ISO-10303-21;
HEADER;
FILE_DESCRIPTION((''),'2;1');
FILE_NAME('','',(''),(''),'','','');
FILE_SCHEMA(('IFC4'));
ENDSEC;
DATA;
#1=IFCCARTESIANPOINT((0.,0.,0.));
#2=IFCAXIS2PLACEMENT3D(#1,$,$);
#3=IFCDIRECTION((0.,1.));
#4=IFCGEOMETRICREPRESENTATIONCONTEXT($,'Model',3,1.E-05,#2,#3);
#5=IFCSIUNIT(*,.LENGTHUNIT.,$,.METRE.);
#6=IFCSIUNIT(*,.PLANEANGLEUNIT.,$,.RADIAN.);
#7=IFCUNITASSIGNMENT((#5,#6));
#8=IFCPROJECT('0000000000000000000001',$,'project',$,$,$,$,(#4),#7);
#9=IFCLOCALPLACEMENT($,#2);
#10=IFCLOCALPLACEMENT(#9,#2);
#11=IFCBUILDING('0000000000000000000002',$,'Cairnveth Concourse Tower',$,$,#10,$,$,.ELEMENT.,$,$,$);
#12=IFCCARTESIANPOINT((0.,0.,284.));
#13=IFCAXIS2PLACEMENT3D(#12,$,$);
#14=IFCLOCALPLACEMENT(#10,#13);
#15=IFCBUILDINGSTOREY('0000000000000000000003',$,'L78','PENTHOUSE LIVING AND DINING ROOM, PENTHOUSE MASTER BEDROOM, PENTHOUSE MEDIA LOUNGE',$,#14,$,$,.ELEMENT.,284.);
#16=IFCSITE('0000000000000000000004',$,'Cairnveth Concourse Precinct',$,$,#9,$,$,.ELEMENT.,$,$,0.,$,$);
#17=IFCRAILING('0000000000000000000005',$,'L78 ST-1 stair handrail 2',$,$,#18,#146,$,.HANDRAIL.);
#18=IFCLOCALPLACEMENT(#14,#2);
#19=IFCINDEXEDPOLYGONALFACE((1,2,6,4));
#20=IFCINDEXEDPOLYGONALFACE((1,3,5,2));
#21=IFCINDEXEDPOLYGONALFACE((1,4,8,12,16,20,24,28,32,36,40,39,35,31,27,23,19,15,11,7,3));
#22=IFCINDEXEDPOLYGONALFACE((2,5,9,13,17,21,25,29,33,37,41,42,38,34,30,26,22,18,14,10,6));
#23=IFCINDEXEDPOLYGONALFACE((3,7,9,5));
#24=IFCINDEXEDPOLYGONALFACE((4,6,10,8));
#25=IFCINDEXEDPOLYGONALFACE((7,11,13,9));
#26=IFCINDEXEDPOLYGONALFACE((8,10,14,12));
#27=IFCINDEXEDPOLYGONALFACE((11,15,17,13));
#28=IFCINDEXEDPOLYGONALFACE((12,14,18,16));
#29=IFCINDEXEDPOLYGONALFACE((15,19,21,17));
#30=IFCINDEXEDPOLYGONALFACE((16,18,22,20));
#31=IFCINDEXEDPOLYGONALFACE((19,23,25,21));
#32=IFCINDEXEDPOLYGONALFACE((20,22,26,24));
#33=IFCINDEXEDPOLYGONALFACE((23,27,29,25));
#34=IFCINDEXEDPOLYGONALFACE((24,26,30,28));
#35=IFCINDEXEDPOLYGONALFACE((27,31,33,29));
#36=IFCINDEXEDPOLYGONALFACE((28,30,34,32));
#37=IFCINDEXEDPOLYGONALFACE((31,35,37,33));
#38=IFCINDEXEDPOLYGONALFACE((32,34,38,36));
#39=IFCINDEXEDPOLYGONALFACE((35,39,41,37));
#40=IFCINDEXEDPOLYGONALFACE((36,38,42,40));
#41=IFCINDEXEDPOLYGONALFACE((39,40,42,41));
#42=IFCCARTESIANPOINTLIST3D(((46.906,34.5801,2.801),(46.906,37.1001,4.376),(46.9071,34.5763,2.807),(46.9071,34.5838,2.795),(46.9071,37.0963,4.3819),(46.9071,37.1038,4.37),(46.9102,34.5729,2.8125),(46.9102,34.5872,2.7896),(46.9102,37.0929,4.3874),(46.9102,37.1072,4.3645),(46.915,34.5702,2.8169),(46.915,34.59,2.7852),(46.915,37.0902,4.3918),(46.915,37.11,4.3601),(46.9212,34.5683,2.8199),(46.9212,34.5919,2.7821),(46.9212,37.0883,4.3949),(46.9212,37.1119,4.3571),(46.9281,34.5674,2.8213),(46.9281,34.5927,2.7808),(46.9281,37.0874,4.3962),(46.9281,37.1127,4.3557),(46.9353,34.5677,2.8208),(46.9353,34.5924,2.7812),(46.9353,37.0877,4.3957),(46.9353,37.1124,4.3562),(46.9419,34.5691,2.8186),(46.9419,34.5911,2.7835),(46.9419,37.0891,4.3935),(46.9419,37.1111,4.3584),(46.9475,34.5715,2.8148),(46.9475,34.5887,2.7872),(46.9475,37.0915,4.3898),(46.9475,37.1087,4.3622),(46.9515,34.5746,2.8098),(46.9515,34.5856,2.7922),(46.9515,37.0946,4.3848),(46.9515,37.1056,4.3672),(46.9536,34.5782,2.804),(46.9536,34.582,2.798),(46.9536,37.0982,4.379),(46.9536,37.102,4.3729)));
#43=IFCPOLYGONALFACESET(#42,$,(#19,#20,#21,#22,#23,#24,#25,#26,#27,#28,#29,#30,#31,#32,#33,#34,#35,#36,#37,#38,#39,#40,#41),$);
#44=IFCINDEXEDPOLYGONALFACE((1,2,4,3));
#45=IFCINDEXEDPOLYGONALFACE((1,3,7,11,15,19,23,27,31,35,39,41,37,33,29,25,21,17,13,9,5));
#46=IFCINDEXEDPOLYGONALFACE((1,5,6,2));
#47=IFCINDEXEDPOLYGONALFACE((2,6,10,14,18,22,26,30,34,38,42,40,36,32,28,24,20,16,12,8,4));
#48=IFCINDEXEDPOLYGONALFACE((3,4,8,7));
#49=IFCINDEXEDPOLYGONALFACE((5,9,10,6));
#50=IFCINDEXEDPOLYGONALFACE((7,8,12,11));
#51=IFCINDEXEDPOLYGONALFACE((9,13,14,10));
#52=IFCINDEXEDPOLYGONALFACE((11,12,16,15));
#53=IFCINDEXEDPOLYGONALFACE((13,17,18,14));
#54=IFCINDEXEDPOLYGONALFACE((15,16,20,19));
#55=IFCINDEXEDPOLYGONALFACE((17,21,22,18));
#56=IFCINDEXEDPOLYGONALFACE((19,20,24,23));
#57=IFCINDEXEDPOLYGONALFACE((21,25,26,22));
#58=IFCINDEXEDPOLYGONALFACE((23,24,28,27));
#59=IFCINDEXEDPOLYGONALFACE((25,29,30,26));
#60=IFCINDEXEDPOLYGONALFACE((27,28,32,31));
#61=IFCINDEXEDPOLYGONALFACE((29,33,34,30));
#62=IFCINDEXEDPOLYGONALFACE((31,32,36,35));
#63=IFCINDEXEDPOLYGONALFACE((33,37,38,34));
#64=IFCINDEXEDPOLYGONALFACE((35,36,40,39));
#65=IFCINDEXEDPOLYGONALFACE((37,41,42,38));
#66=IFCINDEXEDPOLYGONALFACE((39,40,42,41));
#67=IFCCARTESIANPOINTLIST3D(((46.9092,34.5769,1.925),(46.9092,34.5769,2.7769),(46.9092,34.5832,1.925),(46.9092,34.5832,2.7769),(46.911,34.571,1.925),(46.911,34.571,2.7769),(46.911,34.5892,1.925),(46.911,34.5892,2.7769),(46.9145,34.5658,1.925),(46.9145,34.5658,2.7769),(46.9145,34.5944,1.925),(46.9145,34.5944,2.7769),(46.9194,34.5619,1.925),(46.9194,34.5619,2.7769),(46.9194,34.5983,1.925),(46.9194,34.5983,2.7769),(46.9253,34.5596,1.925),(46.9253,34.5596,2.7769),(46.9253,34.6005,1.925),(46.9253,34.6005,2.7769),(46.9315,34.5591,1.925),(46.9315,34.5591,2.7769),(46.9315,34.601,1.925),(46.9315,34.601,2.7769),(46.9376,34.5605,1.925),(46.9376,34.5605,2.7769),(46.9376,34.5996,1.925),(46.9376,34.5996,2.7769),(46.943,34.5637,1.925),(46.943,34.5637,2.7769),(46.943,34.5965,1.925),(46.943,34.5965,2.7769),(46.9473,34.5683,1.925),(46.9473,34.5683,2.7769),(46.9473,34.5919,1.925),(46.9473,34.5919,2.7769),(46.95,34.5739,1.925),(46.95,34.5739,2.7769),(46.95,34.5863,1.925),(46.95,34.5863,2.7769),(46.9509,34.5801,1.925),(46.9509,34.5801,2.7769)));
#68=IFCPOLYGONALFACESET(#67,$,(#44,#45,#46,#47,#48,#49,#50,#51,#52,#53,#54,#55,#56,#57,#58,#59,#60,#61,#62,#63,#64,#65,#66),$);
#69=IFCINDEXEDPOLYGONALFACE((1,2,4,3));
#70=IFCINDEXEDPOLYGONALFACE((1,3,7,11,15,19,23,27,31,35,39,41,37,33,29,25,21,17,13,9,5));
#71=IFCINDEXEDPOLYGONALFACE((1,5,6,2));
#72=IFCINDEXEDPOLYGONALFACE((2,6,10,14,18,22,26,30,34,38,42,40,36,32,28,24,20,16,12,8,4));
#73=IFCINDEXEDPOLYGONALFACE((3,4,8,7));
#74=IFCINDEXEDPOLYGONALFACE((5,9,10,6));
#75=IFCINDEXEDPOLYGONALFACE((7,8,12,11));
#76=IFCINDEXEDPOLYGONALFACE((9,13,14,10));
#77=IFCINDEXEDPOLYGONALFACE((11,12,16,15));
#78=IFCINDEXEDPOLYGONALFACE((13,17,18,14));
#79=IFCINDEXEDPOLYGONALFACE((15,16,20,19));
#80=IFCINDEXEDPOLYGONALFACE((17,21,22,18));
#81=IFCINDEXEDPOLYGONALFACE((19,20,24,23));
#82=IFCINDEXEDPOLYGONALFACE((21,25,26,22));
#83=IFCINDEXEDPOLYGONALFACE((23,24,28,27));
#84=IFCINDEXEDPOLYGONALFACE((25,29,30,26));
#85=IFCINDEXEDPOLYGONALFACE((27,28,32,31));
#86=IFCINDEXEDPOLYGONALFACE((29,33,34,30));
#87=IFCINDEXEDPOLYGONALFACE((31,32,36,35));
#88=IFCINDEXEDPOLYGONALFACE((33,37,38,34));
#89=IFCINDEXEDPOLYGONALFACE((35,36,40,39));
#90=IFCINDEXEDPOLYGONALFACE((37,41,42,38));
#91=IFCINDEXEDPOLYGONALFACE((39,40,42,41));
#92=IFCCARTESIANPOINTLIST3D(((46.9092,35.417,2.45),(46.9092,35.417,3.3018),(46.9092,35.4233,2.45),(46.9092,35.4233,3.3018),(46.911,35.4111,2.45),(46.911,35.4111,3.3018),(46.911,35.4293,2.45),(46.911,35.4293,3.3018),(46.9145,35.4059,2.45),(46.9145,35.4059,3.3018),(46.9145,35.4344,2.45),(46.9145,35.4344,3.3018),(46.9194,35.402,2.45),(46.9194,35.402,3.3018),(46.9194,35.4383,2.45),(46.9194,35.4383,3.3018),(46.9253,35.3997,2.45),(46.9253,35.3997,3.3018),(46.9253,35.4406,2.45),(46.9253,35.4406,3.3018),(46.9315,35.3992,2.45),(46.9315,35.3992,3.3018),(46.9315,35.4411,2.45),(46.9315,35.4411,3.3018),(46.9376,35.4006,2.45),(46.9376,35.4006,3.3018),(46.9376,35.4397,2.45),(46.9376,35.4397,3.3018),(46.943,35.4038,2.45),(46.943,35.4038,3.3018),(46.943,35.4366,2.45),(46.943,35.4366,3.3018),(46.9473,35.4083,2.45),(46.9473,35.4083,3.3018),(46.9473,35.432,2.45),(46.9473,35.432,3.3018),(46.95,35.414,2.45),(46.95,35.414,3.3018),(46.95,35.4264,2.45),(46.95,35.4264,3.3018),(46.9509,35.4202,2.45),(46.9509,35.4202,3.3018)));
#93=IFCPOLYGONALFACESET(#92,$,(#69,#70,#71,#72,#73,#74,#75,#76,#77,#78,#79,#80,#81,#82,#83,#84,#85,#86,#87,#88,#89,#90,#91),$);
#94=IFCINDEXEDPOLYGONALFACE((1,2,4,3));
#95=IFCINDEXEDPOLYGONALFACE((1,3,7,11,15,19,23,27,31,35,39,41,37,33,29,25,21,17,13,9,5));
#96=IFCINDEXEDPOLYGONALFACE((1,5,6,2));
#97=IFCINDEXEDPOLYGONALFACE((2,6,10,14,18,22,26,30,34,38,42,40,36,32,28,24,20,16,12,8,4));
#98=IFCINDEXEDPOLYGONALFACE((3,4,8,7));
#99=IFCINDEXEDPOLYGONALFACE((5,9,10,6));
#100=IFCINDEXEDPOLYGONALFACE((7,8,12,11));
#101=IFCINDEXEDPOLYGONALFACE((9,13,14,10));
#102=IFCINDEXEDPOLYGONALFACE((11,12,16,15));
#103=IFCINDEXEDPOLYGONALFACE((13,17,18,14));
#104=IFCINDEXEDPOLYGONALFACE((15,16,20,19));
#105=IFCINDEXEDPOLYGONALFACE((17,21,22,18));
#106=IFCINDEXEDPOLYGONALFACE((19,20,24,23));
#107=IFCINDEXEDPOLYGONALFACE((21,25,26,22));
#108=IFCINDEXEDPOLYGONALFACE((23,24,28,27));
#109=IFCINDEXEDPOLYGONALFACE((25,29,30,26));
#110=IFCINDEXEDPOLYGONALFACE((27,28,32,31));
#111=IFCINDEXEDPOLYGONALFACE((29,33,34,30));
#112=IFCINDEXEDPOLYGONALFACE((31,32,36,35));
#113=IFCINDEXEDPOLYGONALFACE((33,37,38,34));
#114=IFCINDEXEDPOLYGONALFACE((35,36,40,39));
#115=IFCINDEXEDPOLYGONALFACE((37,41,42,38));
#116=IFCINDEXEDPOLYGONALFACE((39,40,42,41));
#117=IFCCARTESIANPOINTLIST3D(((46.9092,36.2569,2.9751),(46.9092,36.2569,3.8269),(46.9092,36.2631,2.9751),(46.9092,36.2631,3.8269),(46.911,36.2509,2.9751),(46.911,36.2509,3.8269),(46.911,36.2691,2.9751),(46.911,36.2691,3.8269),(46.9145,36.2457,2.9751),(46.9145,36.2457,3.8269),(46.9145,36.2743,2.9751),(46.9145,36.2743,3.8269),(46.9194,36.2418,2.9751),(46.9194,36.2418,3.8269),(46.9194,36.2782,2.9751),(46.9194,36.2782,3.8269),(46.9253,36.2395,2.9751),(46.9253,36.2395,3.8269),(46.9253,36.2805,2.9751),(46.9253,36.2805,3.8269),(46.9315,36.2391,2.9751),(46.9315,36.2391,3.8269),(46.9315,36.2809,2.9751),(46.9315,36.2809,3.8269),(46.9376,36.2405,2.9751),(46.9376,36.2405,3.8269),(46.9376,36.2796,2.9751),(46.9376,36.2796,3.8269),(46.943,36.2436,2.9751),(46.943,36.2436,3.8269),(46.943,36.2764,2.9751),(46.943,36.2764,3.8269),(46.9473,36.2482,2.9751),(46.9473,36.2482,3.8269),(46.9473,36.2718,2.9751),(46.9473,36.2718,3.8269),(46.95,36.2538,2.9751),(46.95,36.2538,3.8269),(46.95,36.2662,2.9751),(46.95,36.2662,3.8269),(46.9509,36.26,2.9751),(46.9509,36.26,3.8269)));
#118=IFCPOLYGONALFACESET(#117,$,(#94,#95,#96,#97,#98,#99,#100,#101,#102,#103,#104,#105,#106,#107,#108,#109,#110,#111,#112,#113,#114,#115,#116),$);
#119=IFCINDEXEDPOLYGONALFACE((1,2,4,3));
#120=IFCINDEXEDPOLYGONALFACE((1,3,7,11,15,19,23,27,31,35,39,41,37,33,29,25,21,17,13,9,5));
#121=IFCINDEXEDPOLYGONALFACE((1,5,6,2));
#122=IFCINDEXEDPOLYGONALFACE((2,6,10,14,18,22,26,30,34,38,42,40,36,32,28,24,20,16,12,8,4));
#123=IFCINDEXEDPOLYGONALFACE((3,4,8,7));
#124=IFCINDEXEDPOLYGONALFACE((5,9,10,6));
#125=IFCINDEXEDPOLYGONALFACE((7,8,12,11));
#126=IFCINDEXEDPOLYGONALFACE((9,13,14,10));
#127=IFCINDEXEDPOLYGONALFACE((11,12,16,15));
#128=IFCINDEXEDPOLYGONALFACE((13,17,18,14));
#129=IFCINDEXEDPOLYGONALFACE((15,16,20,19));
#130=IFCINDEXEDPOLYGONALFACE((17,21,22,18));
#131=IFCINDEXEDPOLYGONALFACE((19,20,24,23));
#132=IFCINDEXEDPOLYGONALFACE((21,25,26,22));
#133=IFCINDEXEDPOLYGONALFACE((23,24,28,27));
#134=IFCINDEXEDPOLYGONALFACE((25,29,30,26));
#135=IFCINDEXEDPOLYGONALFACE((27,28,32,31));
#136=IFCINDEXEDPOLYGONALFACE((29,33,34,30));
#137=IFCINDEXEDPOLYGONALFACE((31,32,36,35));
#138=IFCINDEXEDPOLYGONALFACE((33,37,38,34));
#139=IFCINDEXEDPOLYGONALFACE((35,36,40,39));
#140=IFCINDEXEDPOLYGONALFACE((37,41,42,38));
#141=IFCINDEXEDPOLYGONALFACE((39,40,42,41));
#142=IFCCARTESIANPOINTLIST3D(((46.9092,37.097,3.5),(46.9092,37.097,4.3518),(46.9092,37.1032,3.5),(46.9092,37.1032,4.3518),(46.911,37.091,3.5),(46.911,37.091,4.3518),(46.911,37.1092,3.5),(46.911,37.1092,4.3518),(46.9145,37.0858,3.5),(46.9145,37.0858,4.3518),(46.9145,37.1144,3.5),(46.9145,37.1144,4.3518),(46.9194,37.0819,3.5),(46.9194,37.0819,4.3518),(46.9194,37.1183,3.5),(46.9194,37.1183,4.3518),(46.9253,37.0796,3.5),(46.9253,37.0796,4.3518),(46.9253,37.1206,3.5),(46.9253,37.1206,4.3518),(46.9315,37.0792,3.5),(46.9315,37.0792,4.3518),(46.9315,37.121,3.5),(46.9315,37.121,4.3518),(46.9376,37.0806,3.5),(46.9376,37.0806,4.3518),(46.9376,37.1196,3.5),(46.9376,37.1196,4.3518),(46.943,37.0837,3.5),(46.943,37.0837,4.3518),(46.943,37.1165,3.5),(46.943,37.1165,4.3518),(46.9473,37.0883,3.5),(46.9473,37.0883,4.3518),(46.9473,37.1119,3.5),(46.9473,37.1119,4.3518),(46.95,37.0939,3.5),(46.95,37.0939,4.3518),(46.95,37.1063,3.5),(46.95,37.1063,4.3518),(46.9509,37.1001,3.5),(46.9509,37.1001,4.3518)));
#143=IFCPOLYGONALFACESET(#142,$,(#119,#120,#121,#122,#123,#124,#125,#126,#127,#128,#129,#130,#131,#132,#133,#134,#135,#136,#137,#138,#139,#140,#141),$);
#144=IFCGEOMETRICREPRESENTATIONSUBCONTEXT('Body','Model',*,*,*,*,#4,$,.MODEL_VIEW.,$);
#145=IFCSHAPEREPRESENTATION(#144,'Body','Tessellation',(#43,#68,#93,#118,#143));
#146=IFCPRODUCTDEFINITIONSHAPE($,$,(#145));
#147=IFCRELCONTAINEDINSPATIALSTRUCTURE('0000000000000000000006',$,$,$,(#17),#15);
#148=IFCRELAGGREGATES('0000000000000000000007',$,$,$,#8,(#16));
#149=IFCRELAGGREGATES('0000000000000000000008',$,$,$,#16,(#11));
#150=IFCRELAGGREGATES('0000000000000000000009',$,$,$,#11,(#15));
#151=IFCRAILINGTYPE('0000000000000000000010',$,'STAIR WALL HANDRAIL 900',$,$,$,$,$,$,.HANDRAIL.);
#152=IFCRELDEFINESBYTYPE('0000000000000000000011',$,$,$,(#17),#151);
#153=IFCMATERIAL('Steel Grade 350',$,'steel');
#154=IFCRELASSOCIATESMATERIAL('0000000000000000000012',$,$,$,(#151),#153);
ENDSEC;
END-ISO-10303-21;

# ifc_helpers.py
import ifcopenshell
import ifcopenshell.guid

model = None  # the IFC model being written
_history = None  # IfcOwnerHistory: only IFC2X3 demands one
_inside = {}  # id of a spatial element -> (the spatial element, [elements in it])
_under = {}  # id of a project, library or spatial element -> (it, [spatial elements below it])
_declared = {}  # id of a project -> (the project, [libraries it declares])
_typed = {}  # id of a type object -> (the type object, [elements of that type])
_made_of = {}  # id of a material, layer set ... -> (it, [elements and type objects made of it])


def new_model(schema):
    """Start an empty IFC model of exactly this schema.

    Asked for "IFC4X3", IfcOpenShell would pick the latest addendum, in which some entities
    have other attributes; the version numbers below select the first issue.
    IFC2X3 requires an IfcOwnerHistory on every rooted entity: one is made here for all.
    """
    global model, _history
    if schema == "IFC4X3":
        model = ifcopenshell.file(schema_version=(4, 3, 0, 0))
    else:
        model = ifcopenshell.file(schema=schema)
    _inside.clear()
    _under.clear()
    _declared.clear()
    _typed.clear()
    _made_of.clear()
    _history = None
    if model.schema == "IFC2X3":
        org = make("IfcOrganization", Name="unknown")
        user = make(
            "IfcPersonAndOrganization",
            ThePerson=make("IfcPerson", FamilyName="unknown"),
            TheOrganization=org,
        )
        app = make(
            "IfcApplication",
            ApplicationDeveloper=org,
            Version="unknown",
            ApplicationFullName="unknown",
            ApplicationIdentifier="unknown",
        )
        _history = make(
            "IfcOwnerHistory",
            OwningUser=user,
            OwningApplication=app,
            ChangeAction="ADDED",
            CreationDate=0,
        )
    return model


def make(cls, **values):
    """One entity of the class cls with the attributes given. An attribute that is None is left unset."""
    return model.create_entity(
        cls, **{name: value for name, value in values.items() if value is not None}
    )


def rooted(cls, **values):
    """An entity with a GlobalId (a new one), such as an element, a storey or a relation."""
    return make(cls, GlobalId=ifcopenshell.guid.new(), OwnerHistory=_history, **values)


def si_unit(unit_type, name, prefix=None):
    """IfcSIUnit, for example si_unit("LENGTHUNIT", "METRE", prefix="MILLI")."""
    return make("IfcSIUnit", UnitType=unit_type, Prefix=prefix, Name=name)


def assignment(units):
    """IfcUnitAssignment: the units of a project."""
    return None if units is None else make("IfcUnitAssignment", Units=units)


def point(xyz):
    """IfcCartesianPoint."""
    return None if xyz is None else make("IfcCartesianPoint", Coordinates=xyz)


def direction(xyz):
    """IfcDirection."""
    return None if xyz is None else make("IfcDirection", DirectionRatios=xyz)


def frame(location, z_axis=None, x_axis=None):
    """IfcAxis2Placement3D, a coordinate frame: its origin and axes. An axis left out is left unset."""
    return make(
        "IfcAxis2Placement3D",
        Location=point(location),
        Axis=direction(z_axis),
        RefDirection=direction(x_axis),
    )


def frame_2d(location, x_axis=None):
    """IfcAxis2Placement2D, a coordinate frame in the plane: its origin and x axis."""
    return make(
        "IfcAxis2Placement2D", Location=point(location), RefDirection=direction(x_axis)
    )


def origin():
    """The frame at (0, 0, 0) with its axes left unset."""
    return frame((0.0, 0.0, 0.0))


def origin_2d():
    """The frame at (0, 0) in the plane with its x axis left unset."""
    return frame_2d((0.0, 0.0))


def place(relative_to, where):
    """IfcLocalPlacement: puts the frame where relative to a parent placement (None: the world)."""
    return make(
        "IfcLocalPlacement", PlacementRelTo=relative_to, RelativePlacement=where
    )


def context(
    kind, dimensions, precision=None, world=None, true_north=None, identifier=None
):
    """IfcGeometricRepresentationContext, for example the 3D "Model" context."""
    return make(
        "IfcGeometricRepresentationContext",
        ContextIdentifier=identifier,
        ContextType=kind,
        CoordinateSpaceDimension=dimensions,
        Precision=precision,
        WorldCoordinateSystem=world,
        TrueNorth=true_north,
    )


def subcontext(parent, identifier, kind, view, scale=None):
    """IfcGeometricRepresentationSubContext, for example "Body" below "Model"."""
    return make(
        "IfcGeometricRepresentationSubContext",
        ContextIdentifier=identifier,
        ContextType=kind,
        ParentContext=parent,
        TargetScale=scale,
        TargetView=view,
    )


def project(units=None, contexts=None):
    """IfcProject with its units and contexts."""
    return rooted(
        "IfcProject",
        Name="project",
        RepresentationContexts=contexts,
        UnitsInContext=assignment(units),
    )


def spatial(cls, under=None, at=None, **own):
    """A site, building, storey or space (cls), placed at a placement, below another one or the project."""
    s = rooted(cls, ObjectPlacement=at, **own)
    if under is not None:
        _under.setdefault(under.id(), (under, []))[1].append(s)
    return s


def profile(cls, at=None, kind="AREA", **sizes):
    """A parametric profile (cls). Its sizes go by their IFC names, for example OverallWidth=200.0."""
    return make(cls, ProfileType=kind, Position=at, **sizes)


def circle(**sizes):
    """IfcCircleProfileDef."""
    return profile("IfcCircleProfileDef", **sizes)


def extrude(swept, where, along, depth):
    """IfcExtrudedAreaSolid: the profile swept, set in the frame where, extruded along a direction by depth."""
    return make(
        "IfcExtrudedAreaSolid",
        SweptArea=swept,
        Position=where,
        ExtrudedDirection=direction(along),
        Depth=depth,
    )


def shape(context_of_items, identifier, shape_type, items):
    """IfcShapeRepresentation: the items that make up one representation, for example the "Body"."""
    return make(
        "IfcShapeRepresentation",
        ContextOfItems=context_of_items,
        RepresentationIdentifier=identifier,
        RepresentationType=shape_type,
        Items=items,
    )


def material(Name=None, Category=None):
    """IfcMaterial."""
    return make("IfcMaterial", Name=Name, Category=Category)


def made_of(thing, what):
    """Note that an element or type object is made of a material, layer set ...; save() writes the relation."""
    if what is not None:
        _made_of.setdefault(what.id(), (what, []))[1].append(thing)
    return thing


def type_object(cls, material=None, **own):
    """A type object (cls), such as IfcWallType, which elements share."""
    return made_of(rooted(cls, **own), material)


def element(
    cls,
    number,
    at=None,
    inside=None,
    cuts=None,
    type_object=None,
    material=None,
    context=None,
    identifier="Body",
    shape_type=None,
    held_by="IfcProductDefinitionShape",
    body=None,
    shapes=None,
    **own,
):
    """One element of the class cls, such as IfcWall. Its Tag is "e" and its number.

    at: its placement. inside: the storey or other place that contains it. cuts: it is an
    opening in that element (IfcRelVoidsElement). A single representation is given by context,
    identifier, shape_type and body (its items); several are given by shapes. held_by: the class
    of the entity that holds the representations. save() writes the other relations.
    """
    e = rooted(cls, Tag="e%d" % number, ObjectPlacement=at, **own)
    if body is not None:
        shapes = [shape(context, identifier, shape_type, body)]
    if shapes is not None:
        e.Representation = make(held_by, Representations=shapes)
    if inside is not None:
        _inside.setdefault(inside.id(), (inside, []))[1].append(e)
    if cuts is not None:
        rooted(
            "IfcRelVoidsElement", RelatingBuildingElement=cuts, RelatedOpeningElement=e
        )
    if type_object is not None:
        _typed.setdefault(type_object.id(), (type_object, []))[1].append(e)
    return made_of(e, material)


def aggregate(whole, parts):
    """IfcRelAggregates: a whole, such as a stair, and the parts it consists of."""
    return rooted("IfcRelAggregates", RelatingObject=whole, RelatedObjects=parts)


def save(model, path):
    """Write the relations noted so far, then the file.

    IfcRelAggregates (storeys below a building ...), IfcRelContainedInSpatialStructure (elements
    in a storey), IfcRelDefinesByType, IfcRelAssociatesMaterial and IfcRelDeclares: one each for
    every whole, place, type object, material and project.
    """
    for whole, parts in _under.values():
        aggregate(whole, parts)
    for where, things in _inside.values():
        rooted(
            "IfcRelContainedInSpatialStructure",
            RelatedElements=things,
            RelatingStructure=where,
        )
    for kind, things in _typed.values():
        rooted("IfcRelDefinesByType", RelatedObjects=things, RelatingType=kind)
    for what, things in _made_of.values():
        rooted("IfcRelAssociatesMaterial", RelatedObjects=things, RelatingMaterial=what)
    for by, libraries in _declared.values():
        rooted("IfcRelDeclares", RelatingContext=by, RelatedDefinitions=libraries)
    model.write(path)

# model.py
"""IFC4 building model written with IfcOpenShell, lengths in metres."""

from ifc_helpers import new_model, si_unit, direction, frame, origin, origin_2d, place, context, subcontext, project, spatial, circle, extrude, material, type_object, element, save


model = new_model("IFC4")

# Units and contexts
model_context = context("Model", 3, precision=1e-05, world=origin(), true_north=direction((0.0, 1.0)))
body_context = subcontext(model_context, "Body", "Model", "MODEL_VIEW")
ifc_project = project(units=[si_unit("LENGTHUNIT", "METRE"), si_unit("PLANEANGLEUNIT", "RADIAN")], contexts=[model_context])

# Site, building, storey
site_placement = place(None, origin())
site = spatial("IfcSite", under=ifc_project, at=site_placement, Name="Cairnveth Concourse Precinct", CompositionType="ELEMENT", RefElevation=0.0)
building_placement = place(site_placement, origin())
building = spatial("IfcBuilding", under=site, at=building_placement, Name="Cairnveth Concourse Tower", CompositionType="ELEMENT")
storey_placement = place(building_placement, frame((0.0, 0.0, 284.0)))
storey = spatial("IfcBuildingStorey", under=building, at=storey_placement, Name="L78", Description="PENTHOUSE LIVING AND DINING ROOM, PENTHOUSE MASTER BEDROOM, PENTHOUSE MEDIA LOUNGE", CompositionType="ELEMENT", Elevation=284.0)

# Shared definitions
ifc_material_1 = material(Name="Steel Grade 350", Category="steel")

# Railing
railing_type_1 = type_object("IfcRailingType", Name="STAIR WALL HANDRAIL 900", PredefinedType="HANDRAIL", material=ifc_material_1)
railing_1_placement = place(storey_placement, frame((46.9299, 34.5801, 1.925)))
element("IfcRailing", 1, at=railing_1_placement, inside=storey, type_object=railing_type_1, Name="L78 ST-1 stair handrail 2", PredefinedType="HANDRAIL", context=body_context, shape_type="SweptSolid", body=[
    extrude(circle(Radius=0.0239, at=origin_2d()), frame((0.0, 0.0, 0.876), z_axis=(0.0, 0.848008, 0.529984), x_axis=(-1.0, 0.0, 0.0)), (0.0, 0.0, 1.0), 2.9717),
    extrude(circle(Radius=0.021, at=origin_2d()), origin(), (0.0, 0.0, 1.0), 0.8518),
    extrude(circle(Radius=0.021, at=origin_2d()), frame((0.0, 0.8401, 0.5249)), (0.0, 0.0, 1.0), 0.8518),
    extrude(circle(Radius=0.021, at=origin_2d()), frame((0.0, 1.6799, 1.05)), (0.0, 0.0, 1.0), 0.8518),
    extrude(circle(Radius=0.021, at=origin_2d()), frame((0.0, 2.52, 1.575)), (0.0, 0.0, 1.0), 0.8518),
])

save(model, "model.ifc")
